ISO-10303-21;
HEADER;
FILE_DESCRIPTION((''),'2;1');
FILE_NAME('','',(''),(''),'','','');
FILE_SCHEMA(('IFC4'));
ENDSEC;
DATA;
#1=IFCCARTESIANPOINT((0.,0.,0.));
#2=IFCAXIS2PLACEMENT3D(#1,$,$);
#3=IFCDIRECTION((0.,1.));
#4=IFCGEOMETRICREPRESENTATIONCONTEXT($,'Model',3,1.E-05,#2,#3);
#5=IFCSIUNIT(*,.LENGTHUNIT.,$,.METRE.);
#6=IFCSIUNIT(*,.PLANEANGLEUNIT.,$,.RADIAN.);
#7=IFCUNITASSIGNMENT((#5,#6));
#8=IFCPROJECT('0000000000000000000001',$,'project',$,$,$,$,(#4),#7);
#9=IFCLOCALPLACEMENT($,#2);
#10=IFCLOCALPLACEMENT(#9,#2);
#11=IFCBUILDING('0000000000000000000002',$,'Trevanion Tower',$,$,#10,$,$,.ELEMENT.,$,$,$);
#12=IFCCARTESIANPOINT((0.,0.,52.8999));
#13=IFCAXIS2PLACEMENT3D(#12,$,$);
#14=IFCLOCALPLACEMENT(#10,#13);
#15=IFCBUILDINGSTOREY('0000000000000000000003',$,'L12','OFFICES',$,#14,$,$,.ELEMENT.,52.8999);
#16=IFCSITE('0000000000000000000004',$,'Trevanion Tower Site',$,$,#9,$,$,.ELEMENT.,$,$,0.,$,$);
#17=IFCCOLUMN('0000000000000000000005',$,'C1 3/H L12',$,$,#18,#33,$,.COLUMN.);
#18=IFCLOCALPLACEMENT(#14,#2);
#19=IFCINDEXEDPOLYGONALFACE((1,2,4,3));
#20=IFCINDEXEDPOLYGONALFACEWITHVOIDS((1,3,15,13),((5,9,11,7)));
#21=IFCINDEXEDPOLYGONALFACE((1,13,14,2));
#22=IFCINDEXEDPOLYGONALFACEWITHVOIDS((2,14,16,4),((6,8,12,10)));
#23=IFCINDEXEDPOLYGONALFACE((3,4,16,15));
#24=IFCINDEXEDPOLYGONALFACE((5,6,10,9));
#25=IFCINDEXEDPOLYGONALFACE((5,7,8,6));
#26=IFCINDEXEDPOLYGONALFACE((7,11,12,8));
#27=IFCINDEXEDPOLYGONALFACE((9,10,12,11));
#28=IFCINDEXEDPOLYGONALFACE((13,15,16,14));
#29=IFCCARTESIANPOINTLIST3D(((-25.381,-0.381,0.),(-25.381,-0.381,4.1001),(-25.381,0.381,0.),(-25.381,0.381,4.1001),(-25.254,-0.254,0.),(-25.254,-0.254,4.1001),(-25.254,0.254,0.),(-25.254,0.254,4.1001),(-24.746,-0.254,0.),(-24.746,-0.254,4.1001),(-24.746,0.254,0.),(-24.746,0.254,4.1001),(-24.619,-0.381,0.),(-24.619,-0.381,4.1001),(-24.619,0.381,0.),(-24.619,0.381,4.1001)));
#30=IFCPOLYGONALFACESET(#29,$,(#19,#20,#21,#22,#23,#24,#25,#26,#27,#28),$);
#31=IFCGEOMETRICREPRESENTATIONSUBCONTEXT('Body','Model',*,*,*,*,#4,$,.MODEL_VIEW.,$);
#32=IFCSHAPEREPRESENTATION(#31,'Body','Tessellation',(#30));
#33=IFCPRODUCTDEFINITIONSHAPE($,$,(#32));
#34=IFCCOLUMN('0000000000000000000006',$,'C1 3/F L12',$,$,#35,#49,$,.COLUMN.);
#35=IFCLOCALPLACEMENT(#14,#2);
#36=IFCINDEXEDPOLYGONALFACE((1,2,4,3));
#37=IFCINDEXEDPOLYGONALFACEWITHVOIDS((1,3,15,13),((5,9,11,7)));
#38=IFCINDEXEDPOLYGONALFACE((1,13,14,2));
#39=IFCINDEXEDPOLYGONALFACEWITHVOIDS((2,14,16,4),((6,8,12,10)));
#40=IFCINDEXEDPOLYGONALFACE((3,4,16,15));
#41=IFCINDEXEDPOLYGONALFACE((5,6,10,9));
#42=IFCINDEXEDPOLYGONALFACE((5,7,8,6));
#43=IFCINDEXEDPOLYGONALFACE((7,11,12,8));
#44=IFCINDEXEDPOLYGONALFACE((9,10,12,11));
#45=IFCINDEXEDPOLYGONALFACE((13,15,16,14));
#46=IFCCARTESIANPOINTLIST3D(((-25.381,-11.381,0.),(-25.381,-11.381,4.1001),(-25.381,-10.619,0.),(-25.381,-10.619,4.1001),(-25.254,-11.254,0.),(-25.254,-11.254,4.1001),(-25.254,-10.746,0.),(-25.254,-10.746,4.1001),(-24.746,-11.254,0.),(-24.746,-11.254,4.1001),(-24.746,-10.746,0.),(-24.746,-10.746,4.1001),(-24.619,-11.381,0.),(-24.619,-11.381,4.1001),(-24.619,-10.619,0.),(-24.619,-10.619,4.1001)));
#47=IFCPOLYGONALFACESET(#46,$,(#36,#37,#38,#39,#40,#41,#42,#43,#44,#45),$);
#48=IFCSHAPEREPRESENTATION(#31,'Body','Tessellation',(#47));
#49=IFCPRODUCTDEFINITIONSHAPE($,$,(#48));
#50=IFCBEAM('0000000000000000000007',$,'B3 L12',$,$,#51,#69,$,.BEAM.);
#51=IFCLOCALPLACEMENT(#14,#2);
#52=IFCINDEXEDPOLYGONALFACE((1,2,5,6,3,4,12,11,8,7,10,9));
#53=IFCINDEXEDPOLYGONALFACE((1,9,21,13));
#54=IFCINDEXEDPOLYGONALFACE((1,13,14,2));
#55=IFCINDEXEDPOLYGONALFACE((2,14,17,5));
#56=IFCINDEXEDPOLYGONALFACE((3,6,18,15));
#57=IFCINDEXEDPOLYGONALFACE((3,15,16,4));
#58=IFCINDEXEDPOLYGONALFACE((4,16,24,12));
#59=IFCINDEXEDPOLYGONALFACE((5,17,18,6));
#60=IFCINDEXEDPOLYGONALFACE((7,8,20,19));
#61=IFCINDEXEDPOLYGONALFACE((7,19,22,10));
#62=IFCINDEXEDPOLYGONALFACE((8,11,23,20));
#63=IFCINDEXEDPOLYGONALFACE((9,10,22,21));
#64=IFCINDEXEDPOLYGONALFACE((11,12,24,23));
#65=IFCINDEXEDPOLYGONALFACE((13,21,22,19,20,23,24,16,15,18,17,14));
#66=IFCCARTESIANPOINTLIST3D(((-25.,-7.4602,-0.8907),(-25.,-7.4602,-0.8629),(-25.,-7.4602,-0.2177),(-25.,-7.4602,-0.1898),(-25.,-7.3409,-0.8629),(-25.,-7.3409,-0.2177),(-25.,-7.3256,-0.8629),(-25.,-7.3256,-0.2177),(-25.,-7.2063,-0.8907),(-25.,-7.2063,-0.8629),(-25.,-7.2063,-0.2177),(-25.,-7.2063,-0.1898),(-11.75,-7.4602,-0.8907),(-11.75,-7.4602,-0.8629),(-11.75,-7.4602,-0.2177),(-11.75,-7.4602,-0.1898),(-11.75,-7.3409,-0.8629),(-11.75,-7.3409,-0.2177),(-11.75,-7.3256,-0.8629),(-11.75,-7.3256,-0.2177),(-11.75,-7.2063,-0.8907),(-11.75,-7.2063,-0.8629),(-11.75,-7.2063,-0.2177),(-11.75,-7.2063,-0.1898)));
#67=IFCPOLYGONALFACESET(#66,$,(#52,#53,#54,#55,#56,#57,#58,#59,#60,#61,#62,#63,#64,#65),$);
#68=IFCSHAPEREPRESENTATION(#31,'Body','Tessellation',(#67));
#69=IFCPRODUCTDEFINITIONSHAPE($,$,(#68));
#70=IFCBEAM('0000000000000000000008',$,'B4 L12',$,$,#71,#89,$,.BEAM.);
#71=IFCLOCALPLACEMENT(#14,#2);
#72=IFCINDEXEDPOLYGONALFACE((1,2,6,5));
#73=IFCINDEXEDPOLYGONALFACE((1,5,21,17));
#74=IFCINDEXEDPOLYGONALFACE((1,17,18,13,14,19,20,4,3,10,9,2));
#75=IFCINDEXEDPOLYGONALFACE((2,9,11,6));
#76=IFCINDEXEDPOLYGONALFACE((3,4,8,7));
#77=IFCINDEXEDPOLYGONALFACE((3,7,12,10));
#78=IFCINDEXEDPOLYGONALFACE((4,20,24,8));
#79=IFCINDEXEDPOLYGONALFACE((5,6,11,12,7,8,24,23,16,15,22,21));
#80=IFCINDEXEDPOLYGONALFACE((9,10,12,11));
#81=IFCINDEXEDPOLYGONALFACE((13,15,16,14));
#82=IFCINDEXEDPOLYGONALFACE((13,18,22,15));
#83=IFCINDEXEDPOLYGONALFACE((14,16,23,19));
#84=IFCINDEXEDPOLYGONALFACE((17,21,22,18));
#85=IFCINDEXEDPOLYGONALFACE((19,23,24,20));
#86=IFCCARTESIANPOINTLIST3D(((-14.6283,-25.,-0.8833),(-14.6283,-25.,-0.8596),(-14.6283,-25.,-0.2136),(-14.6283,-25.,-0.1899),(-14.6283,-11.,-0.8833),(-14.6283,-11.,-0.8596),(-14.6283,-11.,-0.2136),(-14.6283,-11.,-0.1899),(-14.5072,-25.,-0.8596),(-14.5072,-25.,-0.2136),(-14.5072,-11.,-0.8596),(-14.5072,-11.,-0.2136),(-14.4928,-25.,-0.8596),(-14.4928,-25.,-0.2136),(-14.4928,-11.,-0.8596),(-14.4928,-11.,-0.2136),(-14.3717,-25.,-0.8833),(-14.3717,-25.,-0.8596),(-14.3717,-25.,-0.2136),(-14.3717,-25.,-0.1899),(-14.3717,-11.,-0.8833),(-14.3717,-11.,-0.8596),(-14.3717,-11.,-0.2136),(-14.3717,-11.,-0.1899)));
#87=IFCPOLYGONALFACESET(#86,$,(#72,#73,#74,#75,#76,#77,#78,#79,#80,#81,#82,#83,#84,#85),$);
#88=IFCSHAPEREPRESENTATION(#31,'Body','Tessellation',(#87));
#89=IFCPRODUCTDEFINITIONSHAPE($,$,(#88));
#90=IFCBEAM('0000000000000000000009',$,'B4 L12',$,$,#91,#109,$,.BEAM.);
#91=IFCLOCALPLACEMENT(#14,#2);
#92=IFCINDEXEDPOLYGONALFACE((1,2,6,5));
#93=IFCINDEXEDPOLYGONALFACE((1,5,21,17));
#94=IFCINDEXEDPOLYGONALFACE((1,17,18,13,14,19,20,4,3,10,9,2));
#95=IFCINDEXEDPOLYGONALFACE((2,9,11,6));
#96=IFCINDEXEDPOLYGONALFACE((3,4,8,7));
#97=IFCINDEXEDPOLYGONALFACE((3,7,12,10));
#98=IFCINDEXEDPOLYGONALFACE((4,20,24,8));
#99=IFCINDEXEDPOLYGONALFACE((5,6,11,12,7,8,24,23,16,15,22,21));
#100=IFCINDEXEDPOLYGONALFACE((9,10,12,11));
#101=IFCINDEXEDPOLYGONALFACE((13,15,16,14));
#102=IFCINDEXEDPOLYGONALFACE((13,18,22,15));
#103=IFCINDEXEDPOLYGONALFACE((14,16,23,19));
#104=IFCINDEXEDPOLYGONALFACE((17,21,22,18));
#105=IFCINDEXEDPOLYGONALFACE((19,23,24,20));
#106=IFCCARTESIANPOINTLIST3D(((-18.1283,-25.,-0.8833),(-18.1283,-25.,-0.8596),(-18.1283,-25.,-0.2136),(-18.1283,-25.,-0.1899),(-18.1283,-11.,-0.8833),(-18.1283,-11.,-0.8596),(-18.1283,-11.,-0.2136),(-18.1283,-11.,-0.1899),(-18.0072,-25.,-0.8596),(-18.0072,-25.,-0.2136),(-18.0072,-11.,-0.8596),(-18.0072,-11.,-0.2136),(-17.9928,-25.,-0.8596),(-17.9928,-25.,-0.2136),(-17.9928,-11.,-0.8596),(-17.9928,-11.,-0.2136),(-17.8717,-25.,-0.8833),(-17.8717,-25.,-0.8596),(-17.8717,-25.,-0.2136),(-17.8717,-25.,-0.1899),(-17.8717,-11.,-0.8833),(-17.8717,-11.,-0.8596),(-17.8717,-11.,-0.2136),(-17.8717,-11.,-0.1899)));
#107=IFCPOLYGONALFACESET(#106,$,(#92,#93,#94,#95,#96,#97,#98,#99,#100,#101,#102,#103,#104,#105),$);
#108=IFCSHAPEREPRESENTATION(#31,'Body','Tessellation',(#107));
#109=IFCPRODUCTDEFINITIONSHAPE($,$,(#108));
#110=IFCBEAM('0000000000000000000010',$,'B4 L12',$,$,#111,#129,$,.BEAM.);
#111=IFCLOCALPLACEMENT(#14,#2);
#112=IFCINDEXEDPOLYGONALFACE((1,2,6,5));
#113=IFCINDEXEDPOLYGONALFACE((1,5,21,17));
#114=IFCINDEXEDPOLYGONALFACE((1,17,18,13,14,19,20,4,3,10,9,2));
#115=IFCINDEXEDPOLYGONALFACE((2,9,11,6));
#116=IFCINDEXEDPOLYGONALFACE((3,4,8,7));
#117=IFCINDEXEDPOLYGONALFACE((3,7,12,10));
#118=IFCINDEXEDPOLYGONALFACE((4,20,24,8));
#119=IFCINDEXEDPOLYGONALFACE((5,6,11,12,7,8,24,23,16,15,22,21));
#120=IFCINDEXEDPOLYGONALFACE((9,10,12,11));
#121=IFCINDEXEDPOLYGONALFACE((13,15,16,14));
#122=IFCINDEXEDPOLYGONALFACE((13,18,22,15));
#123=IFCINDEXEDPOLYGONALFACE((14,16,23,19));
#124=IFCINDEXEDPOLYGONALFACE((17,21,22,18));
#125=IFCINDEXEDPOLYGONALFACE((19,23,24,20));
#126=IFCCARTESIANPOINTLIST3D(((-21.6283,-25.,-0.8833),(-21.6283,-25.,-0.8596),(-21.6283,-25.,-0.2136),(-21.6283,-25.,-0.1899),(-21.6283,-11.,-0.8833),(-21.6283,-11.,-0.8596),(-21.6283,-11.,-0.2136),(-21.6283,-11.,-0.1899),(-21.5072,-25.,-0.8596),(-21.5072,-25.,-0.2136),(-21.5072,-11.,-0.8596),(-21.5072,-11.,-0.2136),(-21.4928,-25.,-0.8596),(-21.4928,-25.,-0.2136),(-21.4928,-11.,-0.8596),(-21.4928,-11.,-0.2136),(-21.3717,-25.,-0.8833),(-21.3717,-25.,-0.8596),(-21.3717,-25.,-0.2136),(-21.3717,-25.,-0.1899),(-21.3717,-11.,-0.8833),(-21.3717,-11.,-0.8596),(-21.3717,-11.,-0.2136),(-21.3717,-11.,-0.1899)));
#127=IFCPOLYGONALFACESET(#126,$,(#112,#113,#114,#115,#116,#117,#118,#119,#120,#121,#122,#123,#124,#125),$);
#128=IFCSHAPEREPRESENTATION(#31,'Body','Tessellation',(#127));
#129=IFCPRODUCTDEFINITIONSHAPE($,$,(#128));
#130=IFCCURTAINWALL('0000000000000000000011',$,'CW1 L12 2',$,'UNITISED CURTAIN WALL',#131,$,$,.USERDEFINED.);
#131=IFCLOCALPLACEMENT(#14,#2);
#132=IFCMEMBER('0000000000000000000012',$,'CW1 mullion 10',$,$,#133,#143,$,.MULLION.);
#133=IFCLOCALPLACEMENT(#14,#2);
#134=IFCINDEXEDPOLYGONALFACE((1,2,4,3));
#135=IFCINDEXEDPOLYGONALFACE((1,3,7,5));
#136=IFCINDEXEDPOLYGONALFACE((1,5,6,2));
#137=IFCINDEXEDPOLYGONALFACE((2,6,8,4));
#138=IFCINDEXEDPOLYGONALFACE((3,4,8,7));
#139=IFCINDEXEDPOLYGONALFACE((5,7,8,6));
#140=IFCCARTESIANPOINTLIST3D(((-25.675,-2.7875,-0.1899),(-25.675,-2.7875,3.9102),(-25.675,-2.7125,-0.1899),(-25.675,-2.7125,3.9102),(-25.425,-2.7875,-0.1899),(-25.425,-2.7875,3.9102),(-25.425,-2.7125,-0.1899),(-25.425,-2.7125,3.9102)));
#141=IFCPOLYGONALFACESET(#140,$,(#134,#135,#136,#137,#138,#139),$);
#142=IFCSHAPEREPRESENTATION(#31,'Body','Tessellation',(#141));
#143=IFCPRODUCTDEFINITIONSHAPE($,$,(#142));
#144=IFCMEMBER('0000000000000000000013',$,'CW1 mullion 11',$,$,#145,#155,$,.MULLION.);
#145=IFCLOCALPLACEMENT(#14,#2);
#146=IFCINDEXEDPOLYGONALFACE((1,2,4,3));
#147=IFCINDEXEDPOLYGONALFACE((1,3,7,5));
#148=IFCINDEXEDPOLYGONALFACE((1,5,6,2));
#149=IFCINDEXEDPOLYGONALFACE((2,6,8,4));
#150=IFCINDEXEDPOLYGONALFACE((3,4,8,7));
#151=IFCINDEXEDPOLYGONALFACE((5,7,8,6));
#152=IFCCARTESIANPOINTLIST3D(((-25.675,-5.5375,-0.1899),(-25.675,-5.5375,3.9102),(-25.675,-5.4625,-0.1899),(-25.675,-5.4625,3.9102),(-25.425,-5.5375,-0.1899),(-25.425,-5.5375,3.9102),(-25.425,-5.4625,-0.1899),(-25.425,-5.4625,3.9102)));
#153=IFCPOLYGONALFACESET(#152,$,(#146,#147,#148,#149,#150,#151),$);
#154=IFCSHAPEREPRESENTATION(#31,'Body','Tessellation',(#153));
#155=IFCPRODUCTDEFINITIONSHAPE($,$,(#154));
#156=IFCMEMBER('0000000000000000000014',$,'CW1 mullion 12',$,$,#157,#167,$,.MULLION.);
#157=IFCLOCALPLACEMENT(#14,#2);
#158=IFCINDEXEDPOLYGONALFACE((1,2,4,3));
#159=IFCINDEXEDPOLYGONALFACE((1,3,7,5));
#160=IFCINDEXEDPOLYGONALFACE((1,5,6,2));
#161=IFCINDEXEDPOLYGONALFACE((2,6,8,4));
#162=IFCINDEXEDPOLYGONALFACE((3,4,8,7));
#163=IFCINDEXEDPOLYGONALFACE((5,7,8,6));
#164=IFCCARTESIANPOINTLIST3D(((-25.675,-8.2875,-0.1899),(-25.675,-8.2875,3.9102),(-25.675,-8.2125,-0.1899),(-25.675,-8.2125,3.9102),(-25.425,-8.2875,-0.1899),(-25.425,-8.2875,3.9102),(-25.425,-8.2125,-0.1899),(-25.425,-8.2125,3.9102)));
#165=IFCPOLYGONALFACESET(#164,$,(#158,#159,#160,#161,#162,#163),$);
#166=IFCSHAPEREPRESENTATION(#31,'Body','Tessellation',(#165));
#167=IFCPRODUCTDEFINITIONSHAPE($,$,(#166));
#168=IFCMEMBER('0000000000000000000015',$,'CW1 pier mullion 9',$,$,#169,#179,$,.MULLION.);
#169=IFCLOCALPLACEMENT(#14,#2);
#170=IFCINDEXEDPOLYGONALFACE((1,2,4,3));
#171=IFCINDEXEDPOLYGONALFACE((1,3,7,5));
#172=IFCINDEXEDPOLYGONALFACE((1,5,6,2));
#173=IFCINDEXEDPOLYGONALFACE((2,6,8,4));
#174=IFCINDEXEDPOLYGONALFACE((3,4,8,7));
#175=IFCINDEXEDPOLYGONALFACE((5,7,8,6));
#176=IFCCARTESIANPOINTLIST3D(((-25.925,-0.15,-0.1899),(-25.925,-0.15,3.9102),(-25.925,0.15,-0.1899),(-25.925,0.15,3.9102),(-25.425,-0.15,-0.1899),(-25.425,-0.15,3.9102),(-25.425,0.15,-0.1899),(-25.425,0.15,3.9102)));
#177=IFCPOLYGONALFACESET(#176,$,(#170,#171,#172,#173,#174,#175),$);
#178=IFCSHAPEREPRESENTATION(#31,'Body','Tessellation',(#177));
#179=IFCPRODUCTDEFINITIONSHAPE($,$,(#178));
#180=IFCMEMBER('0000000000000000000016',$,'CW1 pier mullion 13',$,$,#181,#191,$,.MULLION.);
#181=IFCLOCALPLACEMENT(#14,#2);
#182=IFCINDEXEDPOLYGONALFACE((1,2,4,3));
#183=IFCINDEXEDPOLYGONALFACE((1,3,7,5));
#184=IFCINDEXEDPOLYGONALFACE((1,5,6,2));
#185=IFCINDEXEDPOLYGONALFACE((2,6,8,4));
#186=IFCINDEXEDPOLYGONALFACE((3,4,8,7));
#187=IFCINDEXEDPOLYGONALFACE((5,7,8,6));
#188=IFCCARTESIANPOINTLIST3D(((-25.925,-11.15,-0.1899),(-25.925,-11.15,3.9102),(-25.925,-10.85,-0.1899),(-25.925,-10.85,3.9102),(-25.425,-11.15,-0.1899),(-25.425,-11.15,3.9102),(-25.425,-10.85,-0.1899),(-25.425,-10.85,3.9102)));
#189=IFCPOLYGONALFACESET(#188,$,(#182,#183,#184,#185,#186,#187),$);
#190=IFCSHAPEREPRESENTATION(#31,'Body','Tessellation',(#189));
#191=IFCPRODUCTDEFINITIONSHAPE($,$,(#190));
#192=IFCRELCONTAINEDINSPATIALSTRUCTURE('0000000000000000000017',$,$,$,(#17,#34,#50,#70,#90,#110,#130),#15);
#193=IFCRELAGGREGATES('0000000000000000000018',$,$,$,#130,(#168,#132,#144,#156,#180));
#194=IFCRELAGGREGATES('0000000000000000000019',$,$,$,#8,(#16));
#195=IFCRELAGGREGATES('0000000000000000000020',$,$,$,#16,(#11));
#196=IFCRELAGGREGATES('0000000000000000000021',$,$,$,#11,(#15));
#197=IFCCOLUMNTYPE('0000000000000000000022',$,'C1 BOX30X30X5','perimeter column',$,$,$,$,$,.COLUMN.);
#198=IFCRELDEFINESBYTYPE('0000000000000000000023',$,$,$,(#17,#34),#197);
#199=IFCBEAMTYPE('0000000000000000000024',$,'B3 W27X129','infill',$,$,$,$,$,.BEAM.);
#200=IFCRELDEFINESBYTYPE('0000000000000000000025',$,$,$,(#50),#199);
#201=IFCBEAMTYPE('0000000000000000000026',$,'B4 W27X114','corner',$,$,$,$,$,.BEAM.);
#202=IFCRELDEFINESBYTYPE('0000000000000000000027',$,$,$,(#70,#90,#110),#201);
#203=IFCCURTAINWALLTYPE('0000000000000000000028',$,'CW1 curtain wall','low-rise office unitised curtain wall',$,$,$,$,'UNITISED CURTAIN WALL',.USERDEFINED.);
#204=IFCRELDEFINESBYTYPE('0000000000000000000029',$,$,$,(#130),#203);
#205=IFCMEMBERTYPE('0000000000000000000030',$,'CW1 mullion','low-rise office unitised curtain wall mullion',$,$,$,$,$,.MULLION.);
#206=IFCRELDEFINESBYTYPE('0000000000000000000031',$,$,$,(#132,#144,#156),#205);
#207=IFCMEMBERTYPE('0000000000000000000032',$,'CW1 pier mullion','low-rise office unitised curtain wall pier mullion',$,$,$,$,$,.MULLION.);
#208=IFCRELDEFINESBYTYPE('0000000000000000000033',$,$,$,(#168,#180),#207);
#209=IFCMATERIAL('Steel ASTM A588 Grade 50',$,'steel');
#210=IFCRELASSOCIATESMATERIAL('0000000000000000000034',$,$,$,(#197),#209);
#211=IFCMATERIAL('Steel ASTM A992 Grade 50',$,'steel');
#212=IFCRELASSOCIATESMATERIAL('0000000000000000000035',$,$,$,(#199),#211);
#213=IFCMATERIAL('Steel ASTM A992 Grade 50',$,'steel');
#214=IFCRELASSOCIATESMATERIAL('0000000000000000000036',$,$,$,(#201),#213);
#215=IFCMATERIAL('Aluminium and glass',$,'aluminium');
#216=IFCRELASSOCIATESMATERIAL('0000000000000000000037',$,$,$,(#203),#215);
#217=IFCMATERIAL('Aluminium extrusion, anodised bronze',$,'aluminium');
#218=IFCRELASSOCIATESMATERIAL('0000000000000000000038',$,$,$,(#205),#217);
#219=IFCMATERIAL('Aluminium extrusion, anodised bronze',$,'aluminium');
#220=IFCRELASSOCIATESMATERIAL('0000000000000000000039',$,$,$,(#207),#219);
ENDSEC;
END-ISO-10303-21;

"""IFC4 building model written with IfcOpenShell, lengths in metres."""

from ifc_helpers import new_model, si_unit, direction, frame, origin, origin_2d, place, context, subcontext, project, spatial, rectangle, hollow_rectangle, i_section, extrude, material, material_profile, profile_set, type_object, element, aggregate, save


model = new_model("IFC4")

# Units and contexts
model_context = context("Model", 3, precision=1e-05, world=origin(), true_north=direction((0.0, 1.0)))
body_context = subcontext(model_context, "Body", "Model", "MODEL_VIEW")
ifc_project = project(units=[si_unit("LENGTHUNIT", "METRE"), si_unit("PLANEANGLEUNIT", "RADIAN")], contexts=[model_context])

# Site, building, storey
site_placement = place(None, origin())
site = spatial("IfcSite", under=ifc_project, at=site_placement, Name="Trevanion Tower Site", CompositionType="ELEMENT", RefElevation=0.0)
building_placement = place(site_placement, origin())
building = spatial("IfcBuilding", under=site, at=building_placement, Name="Trevanion Tower", CompositionType="ELEMENT")
storey_placement = place(building_placement, frame((0.0, 0.0, 52.8999)))
storey = spatial("IfcBuildingStorey", under=building, at=storey_placement, Name="L12", Description="OFFICES", CompositionType="ELEMENT", Elevation=52.8999)

# Columns
ifc_material_1 = material(Name="Steel ASTM A588 Grade 50", Category="steel")
ifc_material_profile_1 = material_profile(ifc_material_1, hollow_rectangle(XDim=0.762, YDim=0.762, WallThickness=0.127, at=origin_2d()), Name="BOX30X30X5")
ifc_profile_set_1 = profile_set([ifc_material_profile_1], Name="Steel ASTM A588 Grade 50")
column_type = type_object("IfcColumnType", Name="C1 BOX30X30X5", Description="perimeter column", PredefinedType="COLUMN", material=ifc_profile_set_1)
for number, where, z_axis, x_axis, name in (
    (1, (-25.0, 0.0, 0.0), (0.0, 0.0, 1.0), (0.0, 1.0, 0.0), "C1 3/H L12"),
    (2, (-25.0, -11.0, 0.0), (0.0, 0.0, 1.0), (0.0, 1.0, 0.0), "C1 3/F L12"),
):
    element("IfcColumn", number, at=place(storey_placement, frame(where, z_axis=z_axis, x_axis=x_axis)), inside=storey, type_object=column_type, Name=name, PredefinedType="COLUMN", context=body_context, shape_type="SweptSolid", body=[
        extrude(hollow_rectangle(XDim=0.762, YDim=0.762, WallThickness=0.127, at=origin_2d()), origin(), (0.0, 0.0, 1.0), 4.1001),
    ])

# Beams
ifc_material_2 = material(Name="Steel ASTM A992 Grade 50", Category="steel")
ifc_material_profile_2 = material_profile(ifc_material_2, i_section(OverallWidth=0.2539, OverallDepth=0.7009, WebThickness=0.0154, FlangeThickness=0.0278, at=origin_2d()), Name="W27X129")
ifc_profile_set_2 = profile_set([ifc_material_profile_2], Name="Steel ASTM A992 Grade 50")
beam_type_1 = type_object("IfcBeamType", Name="B3 W27X129", Description="infill", PredefinedType="BEAM", material=ifc_profile_set_2)
beam_1_placement = place(storey_placement, frame((-11.75, -7.3333, -0.5403), z_axis=(-1.0, 0.0, 0.0), x_axis=(0.0, -1.0, 0.0)))
element("IfcBeam", 3, at=beam_1_placement, inside=storey, type_object=beam_type_1, Name="B3 L12", PredefinedType="BEAM", context=body_context, shape_type="SweptSolid", body=[
    extrude(i_section(OverallWidth=0.2539, OverallDepth=0.7009, WebThickness=0.0154, FlangeThickness=0.0278, at=origin_2d()), origin(), (0.0, 0.0, 1.0), 13.25),
])
ifc_material_3 = material(Name="Steel ASTM A992 Grade 50", Category="steel")
ifc_material_profile_3 = material_profile(ifc_material_3, i_section(OverallWidth=0.2566, OverallDepth=0.6934, WebThickness=0.0144, FlangeThickness=0.0237, at=origin_2d()), Name="W27X114")
ifc_profile_set_3 = profile_set([ifc_material_profile_3], Name="Steel ASTM A992 Grade 50")
beam_type_2 = type_object("IfcBeamType", Name="B4 W27X114", Description="corner", PredefinedType="BEAM", material=ifc_profile_set_3)
for number, where, z_axis, x_axis, name in (
    (4, (-14.5, -11.0, -0.5366), (0.0, -1.0, 0.0), (1.0, 0.0, 0.0), "B4 L12"),
    (5, (-18.0, -11.0, -0.5366), (0.0, -1.0, 0.0), (1.0, 0.0, 0.0), "B4 L12"),
    (6, (-21.5, -11.0, -0.5366), (0.0, -1.0, 0.0), (1.0, 0.0, 0.0), "B4 L12"),
):
    element("IfcBeam", number, at=place(storey_placement, frame(where, z_axis=z_axis, x_axis=x_axis)), inside=storey, type_object=beam_type_2, Name=name, PredefinedType="BEAM", context=body_context, shape_type="SweptSolid", body=[
        extrude(i_section(OverallWidth=0.2566, OverallDepth=0.6934, WebThickness=0.0144, FlangeThickness=0.0237, at=origin_2d()), origin(), (0.0, 0.0, 1.0), 14.0),
    ])

# Curtain wall, members
ifc_material_4 = material(Name="Aluminium and glass", Category="aluminium")
curtain_wall_type = type_object("IfcCurtainWallType", Name="CW1 curtain wall", Description="low-rise office unitised curtain wall", ElementType="UNITISED CURTAIN WALL", PredefinedType="USERDEFINED", material=ifc_material_4)
curtain_wall_placement = place(storey_placement, origin())
curtain_wall = element("IfcCurtainWall", 7, at=curtain_wall_placement, inside=storey, type_object=curtain_wall_type, Name="CW1 L12 2", ObjectType="UNITISED CURTAIN WALL", PredefinedType="USERDEFINED")
ifc_material_5 = material(Name="Aluminium extrusion, anodised bronze", Category="aluminium")
ifc_material_profile_4 = material_profile(ifc_material_5, rectangle(XDim=0.075, YDim=0.25, at=origin_2d()), Name="CW1 mullion")
ifc_profile_set_4 = profile_set([ifc_material_profile_4], Name="Aluminium extrusion, anodised bronze")
member_type_1 = type_object("IfcMemberType", Name="CW1 mullion", Description="low-rise office unitised curtain wall mullion", PredefinedType="MULLION", material=ifc_profile_set_4)
member_1_placement = place(storey_placement, frame((-25.55, -2.75, -0.1899), z_axis=(0.0, 0.0, 1.0), x_axis=(0.0, -1.0, 0.0)))
member_1 = element("IfcMember", 8, at=member_1_placement, type_object=member_type_1, Name="CW1 mullion 10", PredefinedType="MULLION", context=body_context, shape_type="SweptSolid", body=[
    extrude(rectangle(XDim=0.075, YDim=0.25, at=origin_2d()), origin(), (0.0, 0.0, 1.0), 4.1001),
])
member_2_placement = place(storey_placement, frame((-25.55, -5.5, -0.1899), z_axis=(0.0, 0.0, 1.0), x_axis=(0.0, -1.0, 0.0)))
member_2 = element("IfcMember", 9, at=member_2_placement, type_object=member_type_1, Name="CW1 mullion 11", PredefinedType="MULLION", context=body_context, shape_type="SweptSolid", body=[
    extrude(rectangle(XDim=0.075, YDim=0.25, at=origin_2d()), origin(), (0.0, 0.0, 1.0), 4.1001),
])
member_3_placement = place(storey_placement, frame((-25.55, -8.25, -0.1899), z_axis=(0.0, 0.0, 1.0), x_axis=(0.0, -1.0, 0.0)))
member_3 = element("IfcMember", 10, at=member_3_placement, type_object=member_type_1, Name="CW1 mullion 12", PredefinedType="MULLION", context=body_context, shape_type="SweptSolid", body=[
    extrude(rectangle(XDim=0.075, YDim=0.25, at=origin_2d()), origin(), (0.0, 0.0, 1.0), 4.1001),
])
ifc_material_6 = material(Name="Aluminium extrusion, anodised bronze", Category="aluminium")
ifc_material_profile_5 = material_profile(ifc_material_6, rectangle(XDim=0.3, YDim=0.5, at=origin_2d()), Name="CW1 pier mullion")
ifc_profile_set_5 = profile_set([ifc_material_profile_5], Name="Aluminium extrusion, anodised bronze")
member_type_2 = type_object("IfcMemberType", Name="CW1 pier mullion", Description="low-rise office unitised curtain wall pier mullion", PredefinedType="MULLION", material=ifc_profile_set_5)
member_4_placement = place(storey_placement, frame((-25.675, 0.0, -0.1899), z_axis=(0.0, 0.0, 1.0), x_axis=(0.0, -1.0, 0.0)))
member_4 = element("IfcMember", 11, at=member_4_placement, type_object=member_type_2, Name="CW1 pier mullion 9", PredefinedType="MULLION", context=body_context, shape_type="SweptSolid", body=[
    extrude(rectangle(XDim=0.3, YDim=0.5, at=origin_2d()), origin(), (0.0, 0.0, 1.0), 4.1001),
])
member_5_placement = place(storey_placement, frame((-25.675, -11.0, -0.1899), z_axis=(0.0, 0.0, 1.0), x_axis=(0.0, -1.0, 0.0)))
member_5 = element("IfcMember", 12, at=member_5_placement, type_object=member_type_2, Name="CW1 pier mullion 13", PredefinedType="MULLION", context=body_context, shape_type="SweptSolid", body=[
    extrude(rectangle(XDim=0.3, YDim=0.5, at=origin_2d()), origin(), (0.0, 0.0, 1.0), 4.1001),
])

aggregate(curtain_wall, [member_4, member_1, member_2, member_3, member_5])

save(model, "model.ifc")
